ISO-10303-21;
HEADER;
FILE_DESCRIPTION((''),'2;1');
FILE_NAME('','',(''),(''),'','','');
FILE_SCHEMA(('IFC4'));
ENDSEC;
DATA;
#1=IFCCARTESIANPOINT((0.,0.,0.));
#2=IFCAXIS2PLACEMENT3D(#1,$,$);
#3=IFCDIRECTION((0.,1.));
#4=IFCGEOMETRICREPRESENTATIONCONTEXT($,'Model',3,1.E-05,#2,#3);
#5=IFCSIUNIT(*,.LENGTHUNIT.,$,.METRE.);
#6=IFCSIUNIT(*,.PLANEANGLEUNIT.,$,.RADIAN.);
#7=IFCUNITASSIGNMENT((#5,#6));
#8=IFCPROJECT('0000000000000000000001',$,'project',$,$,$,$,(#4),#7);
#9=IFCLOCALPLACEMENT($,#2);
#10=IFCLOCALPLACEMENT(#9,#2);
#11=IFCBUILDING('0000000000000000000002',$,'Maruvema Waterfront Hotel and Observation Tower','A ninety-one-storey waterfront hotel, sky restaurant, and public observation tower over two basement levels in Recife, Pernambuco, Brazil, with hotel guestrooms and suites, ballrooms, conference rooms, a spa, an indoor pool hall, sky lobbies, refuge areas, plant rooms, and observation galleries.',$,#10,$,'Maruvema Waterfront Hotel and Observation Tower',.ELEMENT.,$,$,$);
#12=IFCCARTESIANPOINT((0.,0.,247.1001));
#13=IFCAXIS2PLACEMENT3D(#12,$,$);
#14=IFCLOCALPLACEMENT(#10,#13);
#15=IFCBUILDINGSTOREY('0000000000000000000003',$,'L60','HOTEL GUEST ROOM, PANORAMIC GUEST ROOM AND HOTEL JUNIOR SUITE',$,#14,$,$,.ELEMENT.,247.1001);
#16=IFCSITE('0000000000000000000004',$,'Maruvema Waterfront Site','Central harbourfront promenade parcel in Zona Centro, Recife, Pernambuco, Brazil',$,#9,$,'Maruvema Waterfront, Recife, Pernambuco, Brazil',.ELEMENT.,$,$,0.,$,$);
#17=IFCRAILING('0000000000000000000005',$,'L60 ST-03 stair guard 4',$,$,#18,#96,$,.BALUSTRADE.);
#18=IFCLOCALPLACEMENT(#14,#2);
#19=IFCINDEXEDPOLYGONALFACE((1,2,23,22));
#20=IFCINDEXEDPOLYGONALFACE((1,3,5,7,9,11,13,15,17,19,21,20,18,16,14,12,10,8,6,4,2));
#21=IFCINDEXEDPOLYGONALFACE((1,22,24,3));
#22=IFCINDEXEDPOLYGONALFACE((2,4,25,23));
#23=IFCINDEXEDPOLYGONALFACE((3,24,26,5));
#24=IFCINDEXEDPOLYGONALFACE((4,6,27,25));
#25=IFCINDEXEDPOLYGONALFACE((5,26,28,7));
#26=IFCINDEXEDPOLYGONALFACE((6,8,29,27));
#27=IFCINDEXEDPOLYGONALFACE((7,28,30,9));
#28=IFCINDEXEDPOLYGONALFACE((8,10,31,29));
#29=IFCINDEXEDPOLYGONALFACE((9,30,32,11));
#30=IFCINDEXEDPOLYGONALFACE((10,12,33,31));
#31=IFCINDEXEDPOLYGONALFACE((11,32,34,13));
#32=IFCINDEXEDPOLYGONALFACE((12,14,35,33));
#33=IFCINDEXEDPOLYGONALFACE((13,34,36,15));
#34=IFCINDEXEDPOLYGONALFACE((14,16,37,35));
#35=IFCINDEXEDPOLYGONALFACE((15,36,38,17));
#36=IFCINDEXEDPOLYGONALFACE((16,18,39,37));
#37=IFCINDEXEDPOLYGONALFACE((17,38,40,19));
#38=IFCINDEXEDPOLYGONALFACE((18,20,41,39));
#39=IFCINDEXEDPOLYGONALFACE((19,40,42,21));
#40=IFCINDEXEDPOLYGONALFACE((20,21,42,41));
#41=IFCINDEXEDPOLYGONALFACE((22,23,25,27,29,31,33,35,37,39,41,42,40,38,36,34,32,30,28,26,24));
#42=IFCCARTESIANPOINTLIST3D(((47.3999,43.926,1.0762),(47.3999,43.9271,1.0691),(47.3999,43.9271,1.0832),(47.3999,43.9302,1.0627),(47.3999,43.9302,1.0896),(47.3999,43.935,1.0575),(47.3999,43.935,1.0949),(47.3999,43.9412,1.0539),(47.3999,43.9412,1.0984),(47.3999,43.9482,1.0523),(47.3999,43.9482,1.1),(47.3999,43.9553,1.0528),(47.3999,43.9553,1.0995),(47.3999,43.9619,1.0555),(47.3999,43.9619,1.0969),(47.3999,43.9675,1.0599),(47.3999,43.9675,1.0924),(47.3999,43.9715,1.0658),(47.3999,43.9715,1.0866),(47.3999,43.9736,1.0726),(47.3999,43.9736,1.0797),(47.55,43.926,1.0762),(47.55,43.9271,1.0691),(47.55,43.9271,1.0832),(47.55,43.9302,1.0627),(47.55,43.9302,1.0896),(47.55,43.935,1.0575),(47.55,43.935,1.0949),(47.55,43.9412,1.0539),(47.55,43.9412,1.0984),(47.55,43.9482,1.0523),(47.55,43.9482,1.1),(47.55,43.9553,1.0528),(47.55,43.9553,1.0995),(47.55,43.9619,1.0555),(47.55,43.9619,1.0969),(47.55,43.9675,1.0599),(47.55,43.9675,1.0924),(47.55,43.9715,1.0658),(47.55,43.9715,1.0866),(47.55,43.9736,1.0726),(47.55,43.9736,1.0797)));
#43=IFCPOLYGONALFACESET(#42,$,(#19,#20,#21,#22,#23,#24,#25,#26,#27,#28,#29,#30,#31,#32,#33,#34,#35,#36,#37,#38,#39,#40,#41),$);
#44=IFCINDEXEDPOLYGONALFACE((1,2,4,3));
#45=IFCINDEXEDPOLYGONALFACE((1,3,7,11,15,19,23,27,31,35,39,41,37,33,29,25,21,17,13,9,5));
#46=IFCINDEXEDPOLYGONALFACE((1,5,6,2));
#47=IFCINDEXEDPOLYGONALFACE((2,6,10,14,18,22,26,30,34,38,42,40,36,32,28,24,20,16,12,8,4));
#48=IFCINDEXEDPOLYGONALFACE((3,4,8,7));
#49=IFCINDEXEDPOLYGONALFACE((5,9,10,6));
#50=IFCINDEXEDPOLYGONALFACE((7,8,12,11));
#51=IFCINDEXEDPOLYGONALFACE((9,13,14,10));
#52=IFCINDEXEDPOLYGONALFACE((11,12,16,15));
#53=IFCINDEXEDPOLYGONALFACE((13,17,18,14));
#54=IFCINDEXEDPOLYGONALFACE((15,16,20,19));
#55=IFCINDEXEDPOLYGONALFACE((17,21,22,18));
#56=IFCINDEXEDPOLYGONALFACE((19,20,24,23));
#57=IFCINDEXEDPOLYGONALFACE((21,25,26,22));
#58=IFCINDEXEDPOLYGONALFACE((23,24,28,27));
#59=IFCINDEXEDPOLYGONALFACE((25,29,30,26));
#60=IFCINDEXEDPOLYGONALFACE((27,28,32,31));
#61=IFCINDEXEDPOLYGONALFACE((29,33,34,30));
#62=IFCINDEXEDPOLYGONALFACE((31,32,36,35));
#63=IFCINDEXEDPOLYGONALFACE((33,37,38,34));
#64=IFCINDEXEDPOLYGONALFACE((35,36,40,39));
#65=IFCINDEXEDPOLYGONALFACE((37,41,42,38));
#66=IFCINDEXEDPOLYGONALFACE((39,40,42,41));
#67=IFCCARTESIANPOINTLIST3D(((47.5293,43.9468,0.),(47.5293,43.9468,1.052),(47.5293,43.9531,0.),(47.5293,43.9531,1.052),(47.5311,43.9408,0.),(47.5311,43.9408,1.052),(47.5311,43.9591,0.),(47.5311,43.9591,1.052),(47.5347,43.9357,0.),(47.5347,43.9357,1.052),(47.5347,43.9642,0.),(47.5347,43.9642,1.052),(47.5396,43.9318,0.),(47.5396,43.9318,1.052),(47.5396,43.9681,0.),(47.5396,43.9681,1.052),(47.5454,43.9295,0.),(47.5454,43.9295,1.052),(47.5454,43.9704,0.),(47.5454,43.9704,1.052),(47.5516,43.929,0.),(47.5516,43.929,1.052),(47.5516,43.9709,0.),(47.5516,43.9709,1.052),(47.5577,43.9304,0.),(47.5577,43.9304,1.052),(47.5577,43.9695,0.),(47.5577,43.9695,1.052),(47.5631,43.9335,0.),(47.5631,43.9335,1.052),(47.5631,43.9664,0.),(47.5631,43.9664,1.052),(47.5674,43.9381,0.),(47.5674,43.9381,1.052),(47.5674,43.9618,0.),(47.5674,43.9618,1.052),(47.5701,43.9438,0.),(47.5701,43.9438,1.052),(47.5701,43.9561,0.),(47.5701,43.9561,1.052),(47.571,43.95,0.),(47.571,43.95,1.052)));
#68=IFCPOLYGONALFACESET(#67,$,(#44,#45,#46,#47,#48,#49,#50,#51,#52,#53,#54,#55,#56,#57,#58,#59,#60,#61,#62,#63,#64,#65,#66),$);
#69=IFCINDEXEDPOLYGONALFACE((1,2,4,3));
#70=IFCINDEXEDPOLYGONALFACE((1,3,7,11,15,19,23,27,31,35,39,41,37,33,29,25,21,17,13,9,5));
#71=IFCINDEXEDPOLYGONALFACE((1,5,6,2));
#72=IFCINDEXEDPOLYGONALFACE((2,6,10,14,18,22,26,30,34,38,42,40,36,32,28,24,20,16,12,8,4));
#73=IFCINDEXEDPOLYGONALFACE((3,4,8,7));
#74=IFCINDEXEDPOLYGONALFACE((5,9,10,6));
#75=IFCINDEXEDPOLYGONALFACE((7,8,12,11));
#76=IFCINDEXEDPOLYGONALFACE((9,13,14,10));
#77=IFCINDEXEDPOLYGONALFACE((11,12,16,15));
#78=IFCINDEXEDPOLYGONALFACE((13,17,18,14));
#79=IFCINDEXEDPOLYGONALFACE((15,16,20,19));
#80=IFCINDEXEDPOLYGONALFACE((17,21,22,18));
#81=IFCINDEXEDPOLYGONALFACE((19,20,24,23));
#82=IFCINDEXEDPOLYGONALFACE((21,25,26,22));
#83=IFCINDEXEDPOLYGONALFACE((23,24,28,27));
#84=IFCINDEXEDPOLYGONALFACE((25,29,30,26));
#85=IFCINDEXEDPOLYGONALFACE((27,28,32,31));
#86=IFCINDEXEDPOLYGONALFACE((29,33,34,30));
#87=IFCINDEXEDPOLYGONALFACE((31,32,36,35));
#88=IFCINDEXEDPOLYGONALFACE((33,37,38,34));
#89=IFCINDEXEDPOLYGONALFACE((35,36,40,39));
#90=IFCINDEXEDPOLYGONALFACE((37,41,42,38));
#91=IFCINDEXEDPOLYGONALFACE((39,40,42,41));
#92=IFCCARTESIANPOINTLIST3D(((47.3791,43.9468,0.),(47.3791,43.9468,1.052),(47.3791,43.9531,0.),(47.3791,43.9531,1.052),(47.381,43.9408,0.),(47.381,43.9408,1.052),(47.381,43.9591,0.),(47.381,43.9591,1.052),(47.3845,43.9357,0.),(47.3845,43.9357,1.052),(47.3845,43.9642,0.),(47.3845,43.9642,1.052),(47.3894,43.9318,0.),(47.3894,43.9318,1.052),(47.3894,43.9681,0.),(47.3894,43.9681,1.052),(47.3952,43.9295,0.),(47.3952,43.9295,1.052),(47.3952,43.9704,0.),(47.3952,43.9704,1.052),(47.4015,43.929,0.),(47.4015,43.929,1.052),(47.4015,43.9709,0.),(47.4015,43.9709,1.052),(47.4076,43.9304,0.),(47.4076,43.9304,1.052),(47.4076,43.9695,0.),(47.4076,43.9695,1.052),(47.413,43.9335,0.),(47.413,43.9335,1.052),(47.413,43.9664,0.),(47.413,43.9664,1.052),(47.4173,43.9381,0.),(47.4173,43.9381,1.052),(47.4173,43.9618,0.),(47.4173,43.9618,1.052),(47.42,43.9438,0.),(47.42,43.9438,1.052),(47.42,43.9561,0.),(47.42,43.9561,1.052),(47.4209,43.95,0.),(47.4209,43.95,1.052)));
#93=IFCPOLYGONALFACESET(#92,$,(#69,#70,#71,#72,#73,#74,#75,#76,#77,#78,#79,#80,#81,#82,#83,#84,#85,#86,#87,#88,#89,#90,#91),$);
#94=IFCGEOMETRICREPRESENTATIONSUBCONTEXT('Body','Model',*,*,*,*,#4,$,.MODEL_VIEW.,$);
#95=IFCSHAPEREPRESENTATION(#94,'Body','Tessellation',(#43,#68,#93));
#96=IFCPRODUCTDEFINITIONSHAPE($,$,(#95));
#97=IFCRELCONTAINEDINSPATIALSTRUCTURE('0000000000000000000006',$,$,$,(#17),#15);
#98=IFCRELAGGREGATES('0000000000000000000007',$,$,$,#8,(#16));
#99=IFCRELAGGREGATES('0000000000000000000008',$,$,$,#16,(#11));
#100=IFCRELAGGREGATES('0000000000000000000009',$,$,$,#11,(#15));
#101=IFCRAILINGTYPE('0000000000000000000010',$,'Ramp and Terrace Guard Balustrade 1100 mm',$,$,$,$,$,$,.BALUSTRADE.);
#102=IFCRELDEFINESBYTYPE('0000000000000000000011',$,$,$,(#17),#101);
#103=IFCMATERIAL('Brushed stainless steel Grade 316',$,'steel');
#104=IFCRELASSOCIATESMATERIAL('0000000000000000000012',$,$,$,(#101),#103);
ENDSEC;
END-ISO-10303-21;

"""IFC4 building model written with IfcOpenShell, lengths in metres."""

from ifc_helpers import new_model, si_unit, direction, frame, origin, origin_2d, place, context, subcontext, project, spatial, circle, extrude, material, type_object, element, save


model = new_model("IFC4")

# Units and contexts
model_context = context("Model", 3, precision=1e-05, world=origin(), true_north=direction((0.0, 1.0)))
body_context = subcontext(model_context, "Body", "Model", "MODEL_VIEW")
ifc_project = project(units=[si_unit("LENGTHUNIT", "METRE"), si_unit("PLANEANGLEUNIT", "RADIAN")], contexts=[model_context])

# Site, building, storey
site_placement = place(None, origin())
site = spatial("IfcSite", under=ifc_project, at=site_placement, Name="Maruvema Waterfront Site", Description="Central harbourfront promenade parcel in Zona Centro, Recife, Pernambuco, Brazil", LongName="Maruvema Waterfront, Recife, Pernambuco, Brazil", CompositionType="ELEMENT", RefElevation=0.0)
building_placement = place(site_placement, origin())
building = spatial("IfcBuilding", under=site, at=building_placement, Name="Maruvema Waterfront Hotel and Observation Tower", Description="A ninety-one-storey waterfront hotel, sky restaurant, and public observation tower over two basement levels in Recife, Pernambuco, Brazil, with hotel guestrooms and suites, ballrooms, conference rooms, a spa, an indoor pool hall, sky lobbies, refuge areas, plant rooms, and observation galleries.", LongName="Maruvema Waterfront Hotel and Observation Tower", CompositionType="ELEMENT")
storey_placement = place(building_placement, frame((0.0, 0.0, 247.1001)))
storey = spatial("IfcBuildingStorey", under=building, at=storey_placement, Name="L60", Description="HOTEL GUEST ROOM, PANORAMIC GUEST ROOM AND HOTEL JUNIOR SUITE", CompositionType="ELEMENT", Elevation=247.1001)

# Railing
ifc_material_1 = material(Name="Brushed stainless steel Grade 316", Category="steel")
railing_type = type_object("IfcRailingType", Name="Ramp and Terrace Guard Balustrade 1100 mm", PredefinedType="BALUSTRADE", material=ifc_material_1)
railing_1_placement = place(storey_placement, frame((47.55, 43.95, 0.0)))
element("IfcRailing", 1, at=railing_1_placement, inside=storey, type_object=railing_type, Name="L60 ST-03 stair guard 4", PredefinedType="BALUSTRADE", context=body_context, shape_type="SweptSolid", body=[
    extrude(circle(Radius=0.0239, at=origin_2d()), frame((0.0, 0.0, 1.0762), z_axis=(-1.0, 0.0, 0.0), x_axis=(0.0, -1.0, 0.0)), (0.0, 0.0, 1.0), 0.1501),
    extrude(circle(Radius=0.021, at=origin_2d()), origin(), (0.0, 0.0, 1.0), 1.052),
    extrude(circle(Radius=0.021, at=origin_2d()), frame((-0.1501, 0.0, 0.0)), (0.0, 0.0, 1.0), 1.052),
])

save(model, "model.ifc")
